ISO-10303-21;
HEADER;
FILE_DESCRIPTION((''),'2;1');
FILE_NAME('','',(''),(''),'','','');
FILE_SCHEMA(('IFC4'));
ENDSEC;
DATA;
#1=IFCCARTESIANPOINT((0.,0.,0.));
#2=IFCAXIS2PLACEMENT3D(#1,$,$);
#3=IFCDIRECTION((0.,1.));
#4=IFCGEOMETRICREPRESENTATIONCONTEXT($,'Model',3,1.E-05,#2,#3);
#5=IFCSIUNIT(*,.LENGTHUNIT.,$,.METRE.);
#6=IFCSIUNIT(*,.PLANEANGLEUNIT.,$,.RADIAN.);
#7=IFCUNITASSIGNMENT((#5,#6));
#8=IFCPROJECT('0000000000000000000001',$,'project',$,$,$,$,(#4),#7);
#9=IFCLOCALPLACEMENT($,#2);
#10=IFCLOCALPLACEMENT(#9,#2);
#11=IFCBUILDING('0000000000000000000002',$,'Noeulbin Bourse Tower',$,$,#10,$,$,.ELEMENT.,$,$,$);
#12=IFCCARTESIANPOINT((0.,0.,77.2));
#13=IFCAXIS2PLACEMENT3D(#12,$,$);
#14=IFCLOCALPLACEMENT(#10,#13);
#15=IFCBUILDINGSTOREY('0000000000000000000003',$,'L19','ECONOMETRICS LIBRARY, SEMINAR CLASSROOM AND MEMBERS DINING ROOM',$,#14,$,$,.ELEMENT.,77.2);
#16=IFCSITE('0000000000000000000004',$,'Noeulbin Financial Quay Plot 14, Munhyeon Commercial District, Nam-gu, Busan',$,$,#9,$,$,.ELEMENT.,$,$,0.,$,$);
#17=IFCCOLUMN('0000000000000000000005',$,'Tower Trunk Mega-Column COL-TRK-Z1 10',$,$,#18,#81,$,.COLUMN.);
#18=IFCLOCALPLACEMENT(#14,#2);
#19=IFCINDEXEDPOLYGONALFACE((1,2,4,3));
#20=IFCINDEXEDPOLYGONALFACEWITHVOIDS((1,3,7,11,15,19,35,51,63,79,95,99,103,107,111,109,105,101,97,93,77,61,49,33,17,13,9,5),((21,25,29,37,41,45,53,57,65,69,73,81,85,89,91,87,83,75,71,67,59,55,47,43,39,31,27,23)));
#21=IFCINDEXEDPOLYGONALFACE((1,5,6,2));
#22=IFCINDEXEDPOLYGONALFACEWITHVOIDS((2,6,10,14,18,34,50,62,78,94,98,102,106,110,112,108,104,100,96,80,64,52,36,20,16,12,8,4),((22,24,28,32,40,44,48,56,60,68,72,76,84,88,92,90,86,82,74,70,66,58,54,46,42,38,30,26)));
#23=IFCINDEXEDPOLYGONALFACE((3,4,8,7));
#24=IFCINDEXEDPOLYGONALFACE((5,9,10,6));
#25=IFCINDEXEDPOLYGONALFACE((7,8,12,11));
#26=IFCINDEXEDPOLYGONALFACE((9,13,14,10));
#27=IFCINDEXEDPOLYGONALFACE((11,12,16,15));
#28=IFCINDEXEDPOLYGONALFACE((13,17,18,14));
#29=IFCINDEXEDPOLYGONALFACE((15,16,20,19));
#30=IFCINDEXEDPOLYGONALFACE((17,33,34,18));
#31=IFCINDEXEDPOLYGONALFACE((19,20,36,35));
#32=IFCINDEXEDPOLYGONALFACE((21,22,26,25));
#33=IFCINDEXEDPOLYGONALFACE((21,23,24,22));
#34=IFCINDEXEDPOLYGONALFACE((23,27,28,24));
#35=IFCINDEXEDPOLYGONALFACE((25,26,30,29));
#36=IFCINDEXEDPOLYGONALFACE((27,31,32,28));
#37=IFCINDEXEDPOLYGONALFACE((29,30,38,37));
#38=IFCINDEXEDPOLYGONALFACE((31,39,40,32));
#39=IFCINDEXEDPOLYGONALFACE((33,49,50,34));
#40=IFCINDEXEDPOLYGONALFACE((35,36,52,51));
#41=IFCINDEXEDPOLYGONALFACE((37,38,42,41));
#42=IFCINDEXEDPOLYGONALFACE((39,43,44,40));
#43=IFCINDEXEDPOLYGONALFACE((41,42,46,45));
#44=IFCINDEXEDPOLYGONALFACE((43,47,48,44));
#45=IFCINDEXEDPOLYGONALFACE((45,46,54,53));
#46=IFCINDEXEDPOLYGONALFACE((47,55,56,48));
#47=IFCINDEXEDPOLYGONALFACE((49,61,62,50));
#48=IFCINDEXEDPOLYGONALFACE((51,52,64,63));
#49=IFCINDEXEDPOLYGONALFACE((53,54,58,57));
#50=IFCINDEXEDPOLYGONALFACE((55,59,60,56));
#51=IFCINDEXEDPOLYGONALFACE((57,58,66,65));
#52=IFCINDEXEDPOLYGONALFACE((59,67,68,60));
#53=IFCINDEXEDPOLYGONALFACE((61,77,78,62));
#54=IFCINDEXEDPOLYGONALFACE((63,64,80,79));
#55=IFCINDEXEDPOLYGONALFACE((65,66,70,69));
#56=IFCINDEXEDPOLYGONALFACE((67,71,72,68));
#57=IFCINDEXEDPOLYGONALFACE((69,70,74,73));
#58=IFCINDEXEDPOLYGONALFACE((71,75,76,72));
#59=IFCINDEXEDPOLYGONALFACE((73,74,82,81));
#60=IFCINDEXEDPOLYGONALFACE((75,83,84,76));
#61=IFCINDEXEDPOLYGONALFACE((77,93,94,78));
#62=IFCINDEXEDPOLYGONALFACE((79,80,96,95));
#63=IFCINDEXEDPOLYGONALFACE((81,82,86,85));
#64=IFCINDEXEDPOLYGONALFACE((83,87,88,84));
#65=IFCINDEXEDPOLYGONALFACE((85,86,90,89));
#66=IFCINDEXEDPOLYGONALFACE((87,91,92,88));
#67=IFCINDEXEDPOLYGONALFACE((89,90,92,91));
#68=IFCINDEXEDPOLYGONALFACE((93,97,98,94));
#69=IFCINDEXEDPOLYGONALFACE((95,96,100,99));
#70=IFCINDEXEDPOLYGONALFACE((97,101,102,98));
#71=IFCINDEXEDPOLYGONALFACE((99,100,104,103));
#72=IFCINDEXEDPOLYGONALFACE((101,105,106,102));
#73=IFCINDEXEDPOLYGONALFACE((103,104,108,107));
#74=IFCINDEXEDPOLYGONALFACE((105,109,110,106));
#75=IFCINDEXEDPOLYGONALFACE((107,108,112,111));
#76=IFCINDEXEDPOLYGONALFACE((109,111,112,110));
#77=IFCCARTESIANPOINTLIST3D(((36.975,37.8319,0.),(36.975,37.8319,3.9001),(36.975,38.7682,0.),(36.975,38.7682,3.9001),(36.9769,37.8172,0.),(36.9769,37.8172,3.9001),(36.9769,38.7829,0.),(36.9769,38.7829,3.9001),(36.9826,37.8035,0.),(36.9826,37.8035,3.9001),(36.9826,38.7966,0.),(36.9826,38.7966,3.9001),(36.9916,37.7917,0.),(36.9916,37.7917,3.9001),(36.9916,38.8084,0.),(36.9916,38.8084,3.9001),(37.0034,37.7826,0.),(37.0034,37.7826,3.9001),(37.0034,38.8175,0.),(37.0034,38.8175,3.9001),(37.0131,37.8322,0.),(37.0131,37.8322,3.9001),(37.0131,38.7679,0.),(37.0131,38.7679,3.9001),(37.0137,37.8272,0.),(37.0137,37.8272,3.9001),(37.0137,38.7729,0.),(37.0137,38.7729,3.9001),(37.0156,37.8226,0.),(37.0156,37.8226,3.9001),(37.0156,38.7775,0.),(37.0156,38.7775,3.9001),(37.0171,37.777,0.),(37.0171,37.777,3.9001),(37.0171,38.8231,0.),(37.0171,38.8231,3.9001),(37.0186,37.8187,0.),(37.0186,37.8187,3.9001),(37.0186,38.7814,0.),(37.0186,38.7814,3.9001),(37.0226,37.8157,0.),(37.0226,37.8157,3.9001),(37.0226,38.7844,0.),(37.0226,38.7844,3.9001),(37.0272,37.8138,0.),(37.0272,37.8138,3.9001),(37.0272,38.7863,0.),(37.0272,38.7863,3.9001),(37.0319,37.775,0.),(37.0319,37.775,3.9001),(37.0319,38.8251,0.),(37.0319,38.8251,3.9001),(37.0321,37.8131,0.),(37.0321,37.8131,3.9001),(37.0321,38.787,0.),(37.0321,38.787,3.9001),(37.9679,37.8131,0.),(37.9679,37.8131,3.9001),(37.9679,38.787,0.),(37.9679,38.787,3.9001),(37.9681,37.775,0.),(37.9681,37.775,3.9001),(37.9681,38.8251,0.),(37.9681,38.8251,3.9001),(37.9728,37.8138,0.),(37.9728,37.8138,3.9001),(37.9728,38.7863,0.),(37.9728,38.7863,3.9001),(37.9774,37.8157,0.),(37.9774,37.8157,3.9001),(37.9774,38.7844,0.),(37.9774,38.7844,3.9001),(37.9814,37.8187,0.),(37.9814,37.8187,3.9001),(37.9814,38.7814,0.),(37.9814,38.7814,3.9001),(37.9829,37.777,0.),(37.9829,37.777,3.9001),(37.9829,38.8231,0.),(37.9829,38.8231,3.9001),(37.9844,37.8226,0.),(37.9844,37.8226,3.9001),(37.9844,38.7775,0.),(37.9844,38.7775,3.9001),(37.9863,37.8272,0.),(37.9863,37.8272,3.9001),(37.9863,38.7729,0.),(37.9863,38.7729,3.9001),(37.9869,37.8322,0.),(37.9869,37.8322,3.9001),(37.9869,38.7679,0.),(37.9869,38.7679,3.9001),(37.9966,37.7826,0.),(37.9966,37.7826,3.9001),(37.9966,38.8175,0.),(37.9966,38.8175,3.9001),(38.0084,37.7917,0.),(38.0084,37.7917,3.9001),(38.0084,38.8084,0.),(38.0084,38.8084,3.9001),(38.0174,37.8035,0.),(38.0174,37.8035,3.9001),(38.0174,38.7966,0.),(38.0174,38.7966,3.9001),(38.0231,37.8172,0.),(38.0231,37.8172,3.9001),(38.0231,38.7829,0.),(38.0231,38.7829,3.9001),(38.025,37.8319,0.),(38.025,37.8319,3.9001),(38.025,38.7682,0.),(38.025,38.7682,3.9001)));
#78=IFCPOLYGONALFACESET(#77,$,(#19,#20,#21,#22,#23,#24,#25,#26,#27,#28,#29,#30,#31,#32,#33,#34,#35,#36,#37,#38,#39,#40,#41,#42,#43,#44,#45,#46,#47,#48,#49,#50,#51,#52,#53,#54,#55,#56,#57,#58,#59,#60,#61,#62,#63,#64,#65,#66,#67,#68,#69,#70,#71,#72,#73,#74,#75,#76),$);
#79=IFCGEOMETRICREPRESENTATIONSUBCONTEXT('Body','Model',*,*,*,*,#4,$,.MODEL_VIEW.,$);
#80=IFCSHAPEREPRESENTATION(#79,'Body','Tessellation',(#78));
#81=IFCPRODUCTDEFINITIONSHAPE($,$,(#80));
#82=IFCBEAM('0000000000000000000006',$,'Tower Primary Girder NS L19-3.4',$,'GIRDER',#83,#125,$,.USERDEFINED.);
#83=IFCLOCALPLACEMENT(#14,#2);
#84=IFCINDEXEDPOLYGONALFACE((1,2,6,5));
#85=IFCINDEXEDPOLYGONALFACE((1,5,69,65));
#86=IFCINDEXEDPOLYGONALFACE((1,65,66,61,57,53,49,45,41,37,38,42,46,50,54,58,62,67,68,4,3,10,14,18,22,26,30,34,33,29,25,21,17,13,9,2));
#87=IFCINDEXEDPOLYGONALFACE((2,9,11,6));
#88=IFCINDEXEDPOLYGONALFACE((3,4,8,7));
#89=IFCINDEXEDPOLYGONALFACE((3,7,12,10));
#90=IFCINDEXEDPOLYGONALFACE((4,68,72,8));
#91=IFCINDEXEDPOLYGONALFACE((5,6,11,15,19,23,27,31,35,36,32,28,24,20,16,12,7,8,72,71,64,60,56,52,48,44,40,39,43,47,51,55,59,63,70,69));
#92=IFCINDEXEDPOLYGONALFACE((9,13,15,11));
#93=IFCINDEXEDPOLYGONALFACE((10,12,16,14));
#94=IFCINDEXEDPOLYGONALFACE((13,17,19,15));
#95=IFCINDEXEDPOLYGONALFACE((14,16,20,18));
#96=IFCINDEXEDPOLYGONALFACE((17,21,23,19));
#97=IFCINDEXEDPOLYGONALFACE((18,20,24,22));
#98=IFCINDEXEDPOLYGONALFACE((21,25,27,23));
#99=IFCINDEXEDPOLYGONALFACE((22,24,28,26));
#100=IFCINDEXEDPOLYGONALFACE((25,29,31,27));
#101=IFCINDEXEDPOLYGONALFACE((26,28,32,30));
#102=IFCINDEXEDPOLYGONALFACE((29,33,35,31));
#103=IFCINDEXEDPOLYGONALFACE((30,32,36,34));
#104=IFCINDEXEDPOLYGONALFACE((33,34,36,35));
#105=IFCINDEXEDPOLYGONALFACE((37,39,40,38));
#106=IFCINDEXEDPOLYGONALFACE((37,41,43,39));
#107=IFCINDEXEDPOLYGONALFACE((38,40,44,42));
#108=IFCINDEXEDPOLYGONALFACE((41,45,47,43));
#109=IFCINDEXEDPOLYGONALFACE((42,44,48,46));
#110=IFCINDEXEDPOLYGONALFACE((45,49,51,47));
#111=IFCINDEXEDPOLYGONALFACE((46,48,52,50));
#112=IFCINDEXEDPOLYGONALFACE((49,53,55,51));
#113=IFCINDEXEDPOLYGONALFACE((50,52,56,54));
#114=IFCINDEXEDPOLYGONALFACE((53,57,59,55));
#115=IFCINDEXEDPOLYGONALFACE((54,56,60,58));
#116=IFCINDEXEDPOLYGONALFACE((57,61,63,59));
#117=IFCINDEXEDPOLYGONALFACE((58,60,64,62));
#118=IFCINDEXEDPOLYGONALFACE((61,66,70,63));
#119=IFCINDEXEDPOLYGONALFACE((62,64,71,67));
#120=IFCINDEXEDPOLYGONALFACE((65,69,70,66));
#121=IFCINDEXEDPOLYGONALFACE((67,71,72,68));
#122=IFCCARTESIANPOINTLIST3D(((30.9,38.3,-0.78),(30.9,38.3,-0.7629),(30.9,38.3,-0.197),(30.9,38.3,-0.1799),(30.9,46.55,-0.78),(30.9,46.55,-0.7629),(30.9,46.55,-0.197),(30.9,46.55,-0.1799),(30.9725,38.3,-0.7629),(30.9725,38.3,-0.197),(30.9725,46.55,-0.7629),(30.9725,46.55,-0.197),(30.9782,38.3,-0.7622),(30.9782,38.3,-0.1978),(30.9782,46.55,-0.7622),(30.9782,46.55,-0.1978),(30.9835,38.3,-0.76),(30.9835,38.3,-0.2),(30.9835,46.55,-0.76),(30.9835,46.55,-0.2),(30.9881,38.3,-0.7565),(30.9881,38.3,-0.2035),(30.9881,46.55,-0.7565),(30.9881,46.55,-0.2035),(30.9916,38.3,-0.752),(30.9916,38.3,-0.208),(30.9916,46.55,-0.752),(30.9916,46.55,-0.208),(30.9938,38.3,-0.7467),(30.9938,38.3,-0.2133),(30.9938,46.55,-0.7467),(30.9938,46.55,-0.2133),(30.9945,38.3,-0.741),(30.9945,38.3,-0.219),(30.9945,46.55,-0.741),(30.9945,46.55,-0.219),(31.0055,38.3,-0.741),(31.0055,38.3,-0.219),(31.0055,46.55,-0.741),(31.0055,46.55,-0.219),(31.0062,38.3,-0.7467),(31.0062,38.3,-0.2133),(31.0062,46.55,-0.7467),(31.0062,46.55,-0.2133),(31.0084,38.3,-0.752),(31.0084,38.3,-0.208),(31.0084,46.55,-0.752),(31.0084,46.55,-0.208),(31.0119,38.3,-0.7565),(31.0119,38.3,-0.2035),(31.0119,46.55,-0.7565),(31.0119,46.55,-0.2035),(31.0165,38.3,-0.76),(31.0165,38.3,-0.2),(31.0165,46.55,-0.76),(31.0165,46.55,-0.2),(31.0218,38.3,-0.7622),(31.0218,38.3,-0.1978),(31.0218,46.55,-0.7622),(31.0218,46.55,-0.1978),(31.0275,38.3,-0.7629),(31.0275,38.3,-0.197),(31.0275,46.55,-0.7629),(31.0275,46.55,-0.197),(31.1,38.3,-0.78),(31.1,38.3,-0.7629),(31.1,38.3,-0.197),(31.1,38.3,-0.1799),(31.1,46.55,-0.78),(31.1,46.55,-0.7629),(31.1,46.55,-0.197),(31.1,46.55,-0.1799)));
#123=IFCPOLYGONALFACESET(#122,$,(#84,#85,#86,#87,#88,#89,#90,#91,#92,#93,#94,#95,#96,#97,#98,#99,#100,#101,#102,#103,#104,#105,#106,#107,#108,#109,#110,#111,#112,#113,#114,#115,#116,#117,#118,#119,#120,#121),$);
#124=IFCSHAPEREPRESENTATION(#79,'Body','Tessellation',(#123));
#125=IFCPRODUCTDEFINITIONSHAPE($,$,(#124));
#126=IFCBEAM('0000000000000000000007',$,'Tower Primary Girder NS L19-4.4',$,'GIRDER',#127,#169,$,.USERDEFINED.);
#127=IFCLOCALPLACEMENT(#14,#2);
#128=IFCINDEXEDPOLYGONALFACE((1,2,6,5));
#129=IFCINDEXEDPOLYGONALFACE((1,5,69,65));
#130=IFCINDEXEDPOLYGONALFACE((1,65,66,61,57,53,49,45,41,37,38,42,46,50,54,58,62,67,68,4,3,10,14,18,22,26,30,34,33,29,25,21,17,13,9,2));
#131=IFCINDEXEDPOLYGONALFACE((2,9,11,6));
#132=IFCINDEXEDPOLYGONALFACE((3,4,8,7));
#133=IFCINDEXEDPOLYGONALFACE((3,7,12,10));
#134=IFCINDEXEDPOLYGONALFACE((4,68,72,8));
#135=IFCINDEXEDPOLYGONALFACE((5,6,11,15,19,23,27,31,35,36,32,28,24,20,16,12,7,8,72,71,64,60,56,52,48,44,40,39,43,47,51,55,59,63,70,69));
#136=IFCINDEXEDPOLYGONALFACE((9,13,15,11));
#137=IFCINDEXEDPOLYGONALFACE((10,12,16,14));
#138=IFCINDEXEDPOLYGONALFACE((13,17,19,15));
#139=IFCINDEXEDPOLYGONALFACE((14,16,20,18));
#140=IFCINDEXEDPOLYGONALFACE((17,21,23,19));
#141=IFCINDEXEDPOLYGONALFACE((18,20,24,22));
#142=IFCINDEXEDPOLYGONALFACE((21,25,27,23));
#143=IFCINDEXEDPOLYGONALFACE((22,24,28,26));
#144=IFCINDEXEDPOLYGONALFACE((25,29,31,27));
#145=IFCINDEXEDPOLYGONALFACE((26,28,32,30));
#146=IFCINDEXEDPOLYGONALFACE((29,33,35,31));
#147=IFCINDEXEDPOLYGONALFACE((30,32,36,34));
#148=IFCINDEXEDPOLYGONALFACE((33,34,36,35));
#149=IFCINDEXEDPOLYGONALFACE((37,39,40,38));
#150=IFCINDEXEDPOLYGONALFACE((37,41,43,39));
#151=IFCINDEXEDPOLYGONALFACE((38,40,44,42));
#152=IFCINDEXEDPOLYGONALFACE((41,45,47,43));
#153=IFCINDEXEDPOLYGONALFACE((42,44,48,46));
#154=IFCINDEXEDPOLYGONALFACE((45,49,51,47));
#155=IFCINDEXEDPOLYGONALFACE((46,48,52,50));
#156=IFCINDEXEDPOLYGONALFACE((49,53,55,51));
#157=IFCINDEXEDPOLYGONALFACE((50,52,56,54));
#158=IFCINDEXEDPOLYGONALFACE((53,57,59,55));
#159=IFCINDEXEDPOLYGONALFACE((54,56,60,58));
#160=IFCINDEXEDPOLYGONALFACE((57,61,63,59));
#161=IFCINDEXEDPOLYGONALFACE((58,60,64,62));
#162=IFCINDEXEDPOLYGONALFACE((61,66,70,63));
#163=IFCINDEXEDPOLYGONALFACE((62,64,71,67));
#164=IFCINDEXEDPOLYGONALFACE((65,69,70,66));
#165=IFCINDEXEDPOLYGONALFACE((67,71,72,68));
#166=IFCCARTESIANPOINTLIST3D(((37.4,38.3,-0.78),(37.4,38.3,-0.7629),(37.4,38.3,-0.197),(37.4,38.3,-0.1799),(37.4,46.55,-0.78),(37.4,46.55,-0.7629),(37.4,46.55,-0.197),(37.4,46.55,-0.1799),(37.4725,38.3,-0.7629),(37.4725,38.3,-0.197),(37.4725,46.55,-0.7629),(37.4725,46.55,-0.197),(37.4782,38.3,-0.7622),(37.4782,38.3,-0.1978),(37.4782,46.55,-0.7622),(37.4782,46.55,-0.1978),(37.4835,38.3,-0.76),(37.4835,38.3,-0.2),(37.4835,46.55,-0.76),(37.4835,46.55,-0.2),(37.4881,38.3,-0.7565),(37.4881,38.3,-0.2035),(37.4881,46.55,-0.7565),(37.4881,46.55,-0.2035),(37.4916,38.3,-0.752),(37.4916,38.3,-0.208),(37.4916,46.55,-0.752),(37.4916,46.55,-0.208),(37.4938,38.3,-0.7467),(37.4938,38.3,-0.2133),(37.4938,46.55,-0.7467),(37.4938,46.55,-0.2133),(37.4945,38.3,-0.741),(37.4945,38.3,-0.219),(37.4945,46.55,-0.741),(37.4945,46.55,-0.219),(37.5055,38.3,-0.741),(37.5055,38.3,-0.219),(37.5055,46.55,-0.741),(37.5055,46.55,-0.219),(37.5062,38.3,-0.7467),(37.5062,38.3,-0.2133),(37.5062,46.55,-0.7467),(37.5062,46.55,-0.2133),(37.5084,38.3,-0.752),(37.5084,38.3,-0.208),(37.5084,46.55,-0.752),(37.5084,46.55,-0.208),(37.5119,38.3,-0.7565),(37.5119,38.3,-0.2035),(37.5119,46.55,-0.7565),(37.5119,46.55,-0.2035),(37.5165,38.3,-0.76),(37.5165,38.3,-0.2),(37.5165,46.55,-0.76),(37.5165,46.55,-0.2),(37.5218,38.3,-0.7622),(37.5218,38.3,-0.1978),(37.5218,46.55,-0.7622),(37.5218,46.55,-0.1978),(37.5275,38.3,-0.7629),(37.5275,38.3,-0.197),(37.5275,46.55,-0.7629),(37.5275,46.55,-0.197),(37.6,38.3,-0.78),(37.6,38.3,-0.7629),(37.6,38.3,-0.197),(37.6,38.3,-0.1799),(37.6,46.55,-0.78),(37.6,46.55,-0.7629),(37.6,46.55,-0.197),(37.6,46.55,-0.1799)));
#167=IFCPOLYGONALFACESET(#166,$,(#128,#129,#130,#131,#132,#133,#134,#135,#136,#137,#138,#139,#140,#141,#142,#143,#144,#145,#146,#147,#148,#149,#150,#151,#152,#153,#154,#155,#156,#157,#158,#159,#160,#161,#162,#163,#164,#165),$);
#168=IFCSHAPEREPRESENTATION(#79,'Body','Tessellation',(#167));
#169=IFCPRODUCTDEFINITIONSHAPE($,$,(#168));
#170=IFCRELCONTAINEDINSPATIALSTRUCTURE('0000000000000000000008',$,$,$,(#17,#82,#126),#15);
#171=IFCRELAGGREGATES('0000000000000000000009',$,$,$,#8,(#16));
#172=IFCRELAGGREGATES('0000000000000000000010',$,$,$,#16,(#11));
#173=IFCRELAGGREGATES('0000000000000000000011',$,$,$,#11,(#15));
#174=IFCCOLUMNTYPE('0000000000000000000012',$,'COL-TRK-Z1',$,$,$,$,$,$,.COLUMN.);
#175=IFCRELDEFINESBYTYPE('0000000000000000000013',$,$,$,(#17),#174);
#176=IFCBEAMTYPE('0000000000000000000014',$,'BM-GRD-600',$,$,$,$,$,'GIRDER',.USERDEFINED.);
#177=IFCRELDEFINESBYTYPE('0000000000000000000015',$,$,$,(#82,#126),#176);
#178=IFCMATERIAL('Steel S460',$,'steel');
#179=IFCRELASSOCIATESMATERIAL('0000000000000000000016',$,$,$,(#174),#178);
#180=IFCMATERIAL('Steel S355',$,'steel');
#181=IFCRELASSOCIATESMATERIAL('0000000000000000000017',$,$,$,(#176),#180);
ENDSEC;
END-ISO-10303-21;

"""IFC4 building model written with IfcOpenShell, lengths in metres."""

from ifc_helpers import new_model, si_unit, direction, frame, origin, origin_2d, place, context, subcontext, project, spatial, hollow_rectangle, i_section, extrude, material, material_profile, profile_set, type_object, element, save


model = new_model("IFC4")

# Units and contexts
model_context = context("Model", 3, precision=1e-05, world=origin(), true_north=direction((0.0, 1.0)))
body_context = subcontext(model_context, "Body", "Model", "MODEL_VIEW")
ifc_project = project(units=[si_unit("LENGTHUNIT", "METRE"), si_unit("PLANEANGLEUNIT", "RADIAN")], contexts=[model_context])

# Site, building, storey
site_placement = place(None, origin())
site = spatial("IfcSite", under=ifc_project, at=site_placement, Name="Noeulbin Financial Quay Plot 14, Munhyeon Commercial District, Nam-gu, Busan", CompositionType="ELEMENT", RefElevation=0.0)
building_placement = place(site_placement, origin())
building = spatial("IfcBuilding", under=site, at=building_placement, Name="Noeulbin Bourse Tower", CompositionType="ELEMENT")
storey_placement = place(building_placement, frame((0.0, 0.0, 77.2)))
storey = spatial("IfcBuildingStorey", under=building, at=storey_placement, Name="L19", Description="ECONOMETRICS LIBRARY, SEMINAR CLASSROOM AND MEMBERS DINING ROOM", CompositionType="ELEMENT", Elevation=77.2)

# Column
ifc_material_1 = material(Name="Steel S460", Category="steel")
ifc_material_profile_1 = material_profile(ifc_material_1, hollow_rectangle(XDim=1.05, YDim=1.05, WallThickness=0.0381, InnerFilletRadius=0.019, OuterFilletRadius=0.0569, at=origin_2d()), Name="BOX-1050x1050x38", Category="LoadBearing")
ifc_profile_set_1 = profile_set([ifc_material_profile_1], Name="Steel S460")
column_type = type_object("IfcColumnType", Name="COL-TRK-Z1", PredefinedType="COLUMN", material=ifc_profile_set_1)
for number, where, z_axis, x_axis, name in (
    (1, (37.5, 38.3, 0.0), (0.0, 0.0, 1.0), (1.0, 0.0, 0.0), "Tower Trunk Mega-Column COL-TRK-Z1 10"),
):
    element("IfcColumn", number, at=place(storey_placement, frame(where, z_axis=z_axis, x_axis=x_axis)), inside=storey, type_object=column_type, Name=name, PredefinedType="COLUMN", context=body_context, shape_type="SweptSolid", body=[
        extrude(hollow_rectangle(XDim=1.05, YDim=1.05, WallThickness=0.0381, InnerFilletRadius=0.019, OuterFilletRadius=0.0569, at=origin_2d()), origin(), (0.0, 0.0, 1.0), 3.9001),
    ])

# Beams
ifc_material_2 = material(Name="Steel S355", Category="steel")
ifc_material_profile_2 = material_profile(ifc_material_2, i_section(OverallWidth=0.2, OverallDepth=0.6001, WebThickness=0.011, FlangeThickness=0.0171, FilletRadius=0.022, at=origin_2d()), Name="H-600x200x11x17", Category="LoadBearing")
ifc_profile_set_2 = profile_set([ifc_material_profile_2], Name="Steel S355")
beam_type_1 = type_object("IfcBeamType", Name="BM-GRD-600", ElementType="GIRDER", PredefinedType="USERDEFINED", material=ifc_profile_set_2)
for number, where, z_axis, x_axis, name in (
    (2, (31.0, 38.3, -0.48), (0.0, 1.0, 0.0), (-1.0, 0.0, 0.0), "Tower Primary Girder NS L19-3.4"),
    (3, (37.5, 38.3, -0.48), (0.0, 1.0, 0.0), (-1.0, 0.0, 0.0), "Tower Primary Girder NS L19-4.4"),
):
    element("IfcBeam", number, at=place(storey_placement, frame(where, z_axis=z_axis, x_axis=x_axis)), inside=storey, type_object=beam_type_1, Name=name, ObjectType="GIRDER", PredefinedType="USERDEFINED", context=body_context, shape_type="SweptSolid", body=[
        extrude(i_section(OverallWidth=0.2, OverallDepth=0.6001, WebThickness=0.011, FlangeThickness=0.0171, FilletRadius=0.022, at=origin_2d()), origin(), (0.0, 0.0, 1.0), 8.25),
    ])

save(model, "model.ifc")
